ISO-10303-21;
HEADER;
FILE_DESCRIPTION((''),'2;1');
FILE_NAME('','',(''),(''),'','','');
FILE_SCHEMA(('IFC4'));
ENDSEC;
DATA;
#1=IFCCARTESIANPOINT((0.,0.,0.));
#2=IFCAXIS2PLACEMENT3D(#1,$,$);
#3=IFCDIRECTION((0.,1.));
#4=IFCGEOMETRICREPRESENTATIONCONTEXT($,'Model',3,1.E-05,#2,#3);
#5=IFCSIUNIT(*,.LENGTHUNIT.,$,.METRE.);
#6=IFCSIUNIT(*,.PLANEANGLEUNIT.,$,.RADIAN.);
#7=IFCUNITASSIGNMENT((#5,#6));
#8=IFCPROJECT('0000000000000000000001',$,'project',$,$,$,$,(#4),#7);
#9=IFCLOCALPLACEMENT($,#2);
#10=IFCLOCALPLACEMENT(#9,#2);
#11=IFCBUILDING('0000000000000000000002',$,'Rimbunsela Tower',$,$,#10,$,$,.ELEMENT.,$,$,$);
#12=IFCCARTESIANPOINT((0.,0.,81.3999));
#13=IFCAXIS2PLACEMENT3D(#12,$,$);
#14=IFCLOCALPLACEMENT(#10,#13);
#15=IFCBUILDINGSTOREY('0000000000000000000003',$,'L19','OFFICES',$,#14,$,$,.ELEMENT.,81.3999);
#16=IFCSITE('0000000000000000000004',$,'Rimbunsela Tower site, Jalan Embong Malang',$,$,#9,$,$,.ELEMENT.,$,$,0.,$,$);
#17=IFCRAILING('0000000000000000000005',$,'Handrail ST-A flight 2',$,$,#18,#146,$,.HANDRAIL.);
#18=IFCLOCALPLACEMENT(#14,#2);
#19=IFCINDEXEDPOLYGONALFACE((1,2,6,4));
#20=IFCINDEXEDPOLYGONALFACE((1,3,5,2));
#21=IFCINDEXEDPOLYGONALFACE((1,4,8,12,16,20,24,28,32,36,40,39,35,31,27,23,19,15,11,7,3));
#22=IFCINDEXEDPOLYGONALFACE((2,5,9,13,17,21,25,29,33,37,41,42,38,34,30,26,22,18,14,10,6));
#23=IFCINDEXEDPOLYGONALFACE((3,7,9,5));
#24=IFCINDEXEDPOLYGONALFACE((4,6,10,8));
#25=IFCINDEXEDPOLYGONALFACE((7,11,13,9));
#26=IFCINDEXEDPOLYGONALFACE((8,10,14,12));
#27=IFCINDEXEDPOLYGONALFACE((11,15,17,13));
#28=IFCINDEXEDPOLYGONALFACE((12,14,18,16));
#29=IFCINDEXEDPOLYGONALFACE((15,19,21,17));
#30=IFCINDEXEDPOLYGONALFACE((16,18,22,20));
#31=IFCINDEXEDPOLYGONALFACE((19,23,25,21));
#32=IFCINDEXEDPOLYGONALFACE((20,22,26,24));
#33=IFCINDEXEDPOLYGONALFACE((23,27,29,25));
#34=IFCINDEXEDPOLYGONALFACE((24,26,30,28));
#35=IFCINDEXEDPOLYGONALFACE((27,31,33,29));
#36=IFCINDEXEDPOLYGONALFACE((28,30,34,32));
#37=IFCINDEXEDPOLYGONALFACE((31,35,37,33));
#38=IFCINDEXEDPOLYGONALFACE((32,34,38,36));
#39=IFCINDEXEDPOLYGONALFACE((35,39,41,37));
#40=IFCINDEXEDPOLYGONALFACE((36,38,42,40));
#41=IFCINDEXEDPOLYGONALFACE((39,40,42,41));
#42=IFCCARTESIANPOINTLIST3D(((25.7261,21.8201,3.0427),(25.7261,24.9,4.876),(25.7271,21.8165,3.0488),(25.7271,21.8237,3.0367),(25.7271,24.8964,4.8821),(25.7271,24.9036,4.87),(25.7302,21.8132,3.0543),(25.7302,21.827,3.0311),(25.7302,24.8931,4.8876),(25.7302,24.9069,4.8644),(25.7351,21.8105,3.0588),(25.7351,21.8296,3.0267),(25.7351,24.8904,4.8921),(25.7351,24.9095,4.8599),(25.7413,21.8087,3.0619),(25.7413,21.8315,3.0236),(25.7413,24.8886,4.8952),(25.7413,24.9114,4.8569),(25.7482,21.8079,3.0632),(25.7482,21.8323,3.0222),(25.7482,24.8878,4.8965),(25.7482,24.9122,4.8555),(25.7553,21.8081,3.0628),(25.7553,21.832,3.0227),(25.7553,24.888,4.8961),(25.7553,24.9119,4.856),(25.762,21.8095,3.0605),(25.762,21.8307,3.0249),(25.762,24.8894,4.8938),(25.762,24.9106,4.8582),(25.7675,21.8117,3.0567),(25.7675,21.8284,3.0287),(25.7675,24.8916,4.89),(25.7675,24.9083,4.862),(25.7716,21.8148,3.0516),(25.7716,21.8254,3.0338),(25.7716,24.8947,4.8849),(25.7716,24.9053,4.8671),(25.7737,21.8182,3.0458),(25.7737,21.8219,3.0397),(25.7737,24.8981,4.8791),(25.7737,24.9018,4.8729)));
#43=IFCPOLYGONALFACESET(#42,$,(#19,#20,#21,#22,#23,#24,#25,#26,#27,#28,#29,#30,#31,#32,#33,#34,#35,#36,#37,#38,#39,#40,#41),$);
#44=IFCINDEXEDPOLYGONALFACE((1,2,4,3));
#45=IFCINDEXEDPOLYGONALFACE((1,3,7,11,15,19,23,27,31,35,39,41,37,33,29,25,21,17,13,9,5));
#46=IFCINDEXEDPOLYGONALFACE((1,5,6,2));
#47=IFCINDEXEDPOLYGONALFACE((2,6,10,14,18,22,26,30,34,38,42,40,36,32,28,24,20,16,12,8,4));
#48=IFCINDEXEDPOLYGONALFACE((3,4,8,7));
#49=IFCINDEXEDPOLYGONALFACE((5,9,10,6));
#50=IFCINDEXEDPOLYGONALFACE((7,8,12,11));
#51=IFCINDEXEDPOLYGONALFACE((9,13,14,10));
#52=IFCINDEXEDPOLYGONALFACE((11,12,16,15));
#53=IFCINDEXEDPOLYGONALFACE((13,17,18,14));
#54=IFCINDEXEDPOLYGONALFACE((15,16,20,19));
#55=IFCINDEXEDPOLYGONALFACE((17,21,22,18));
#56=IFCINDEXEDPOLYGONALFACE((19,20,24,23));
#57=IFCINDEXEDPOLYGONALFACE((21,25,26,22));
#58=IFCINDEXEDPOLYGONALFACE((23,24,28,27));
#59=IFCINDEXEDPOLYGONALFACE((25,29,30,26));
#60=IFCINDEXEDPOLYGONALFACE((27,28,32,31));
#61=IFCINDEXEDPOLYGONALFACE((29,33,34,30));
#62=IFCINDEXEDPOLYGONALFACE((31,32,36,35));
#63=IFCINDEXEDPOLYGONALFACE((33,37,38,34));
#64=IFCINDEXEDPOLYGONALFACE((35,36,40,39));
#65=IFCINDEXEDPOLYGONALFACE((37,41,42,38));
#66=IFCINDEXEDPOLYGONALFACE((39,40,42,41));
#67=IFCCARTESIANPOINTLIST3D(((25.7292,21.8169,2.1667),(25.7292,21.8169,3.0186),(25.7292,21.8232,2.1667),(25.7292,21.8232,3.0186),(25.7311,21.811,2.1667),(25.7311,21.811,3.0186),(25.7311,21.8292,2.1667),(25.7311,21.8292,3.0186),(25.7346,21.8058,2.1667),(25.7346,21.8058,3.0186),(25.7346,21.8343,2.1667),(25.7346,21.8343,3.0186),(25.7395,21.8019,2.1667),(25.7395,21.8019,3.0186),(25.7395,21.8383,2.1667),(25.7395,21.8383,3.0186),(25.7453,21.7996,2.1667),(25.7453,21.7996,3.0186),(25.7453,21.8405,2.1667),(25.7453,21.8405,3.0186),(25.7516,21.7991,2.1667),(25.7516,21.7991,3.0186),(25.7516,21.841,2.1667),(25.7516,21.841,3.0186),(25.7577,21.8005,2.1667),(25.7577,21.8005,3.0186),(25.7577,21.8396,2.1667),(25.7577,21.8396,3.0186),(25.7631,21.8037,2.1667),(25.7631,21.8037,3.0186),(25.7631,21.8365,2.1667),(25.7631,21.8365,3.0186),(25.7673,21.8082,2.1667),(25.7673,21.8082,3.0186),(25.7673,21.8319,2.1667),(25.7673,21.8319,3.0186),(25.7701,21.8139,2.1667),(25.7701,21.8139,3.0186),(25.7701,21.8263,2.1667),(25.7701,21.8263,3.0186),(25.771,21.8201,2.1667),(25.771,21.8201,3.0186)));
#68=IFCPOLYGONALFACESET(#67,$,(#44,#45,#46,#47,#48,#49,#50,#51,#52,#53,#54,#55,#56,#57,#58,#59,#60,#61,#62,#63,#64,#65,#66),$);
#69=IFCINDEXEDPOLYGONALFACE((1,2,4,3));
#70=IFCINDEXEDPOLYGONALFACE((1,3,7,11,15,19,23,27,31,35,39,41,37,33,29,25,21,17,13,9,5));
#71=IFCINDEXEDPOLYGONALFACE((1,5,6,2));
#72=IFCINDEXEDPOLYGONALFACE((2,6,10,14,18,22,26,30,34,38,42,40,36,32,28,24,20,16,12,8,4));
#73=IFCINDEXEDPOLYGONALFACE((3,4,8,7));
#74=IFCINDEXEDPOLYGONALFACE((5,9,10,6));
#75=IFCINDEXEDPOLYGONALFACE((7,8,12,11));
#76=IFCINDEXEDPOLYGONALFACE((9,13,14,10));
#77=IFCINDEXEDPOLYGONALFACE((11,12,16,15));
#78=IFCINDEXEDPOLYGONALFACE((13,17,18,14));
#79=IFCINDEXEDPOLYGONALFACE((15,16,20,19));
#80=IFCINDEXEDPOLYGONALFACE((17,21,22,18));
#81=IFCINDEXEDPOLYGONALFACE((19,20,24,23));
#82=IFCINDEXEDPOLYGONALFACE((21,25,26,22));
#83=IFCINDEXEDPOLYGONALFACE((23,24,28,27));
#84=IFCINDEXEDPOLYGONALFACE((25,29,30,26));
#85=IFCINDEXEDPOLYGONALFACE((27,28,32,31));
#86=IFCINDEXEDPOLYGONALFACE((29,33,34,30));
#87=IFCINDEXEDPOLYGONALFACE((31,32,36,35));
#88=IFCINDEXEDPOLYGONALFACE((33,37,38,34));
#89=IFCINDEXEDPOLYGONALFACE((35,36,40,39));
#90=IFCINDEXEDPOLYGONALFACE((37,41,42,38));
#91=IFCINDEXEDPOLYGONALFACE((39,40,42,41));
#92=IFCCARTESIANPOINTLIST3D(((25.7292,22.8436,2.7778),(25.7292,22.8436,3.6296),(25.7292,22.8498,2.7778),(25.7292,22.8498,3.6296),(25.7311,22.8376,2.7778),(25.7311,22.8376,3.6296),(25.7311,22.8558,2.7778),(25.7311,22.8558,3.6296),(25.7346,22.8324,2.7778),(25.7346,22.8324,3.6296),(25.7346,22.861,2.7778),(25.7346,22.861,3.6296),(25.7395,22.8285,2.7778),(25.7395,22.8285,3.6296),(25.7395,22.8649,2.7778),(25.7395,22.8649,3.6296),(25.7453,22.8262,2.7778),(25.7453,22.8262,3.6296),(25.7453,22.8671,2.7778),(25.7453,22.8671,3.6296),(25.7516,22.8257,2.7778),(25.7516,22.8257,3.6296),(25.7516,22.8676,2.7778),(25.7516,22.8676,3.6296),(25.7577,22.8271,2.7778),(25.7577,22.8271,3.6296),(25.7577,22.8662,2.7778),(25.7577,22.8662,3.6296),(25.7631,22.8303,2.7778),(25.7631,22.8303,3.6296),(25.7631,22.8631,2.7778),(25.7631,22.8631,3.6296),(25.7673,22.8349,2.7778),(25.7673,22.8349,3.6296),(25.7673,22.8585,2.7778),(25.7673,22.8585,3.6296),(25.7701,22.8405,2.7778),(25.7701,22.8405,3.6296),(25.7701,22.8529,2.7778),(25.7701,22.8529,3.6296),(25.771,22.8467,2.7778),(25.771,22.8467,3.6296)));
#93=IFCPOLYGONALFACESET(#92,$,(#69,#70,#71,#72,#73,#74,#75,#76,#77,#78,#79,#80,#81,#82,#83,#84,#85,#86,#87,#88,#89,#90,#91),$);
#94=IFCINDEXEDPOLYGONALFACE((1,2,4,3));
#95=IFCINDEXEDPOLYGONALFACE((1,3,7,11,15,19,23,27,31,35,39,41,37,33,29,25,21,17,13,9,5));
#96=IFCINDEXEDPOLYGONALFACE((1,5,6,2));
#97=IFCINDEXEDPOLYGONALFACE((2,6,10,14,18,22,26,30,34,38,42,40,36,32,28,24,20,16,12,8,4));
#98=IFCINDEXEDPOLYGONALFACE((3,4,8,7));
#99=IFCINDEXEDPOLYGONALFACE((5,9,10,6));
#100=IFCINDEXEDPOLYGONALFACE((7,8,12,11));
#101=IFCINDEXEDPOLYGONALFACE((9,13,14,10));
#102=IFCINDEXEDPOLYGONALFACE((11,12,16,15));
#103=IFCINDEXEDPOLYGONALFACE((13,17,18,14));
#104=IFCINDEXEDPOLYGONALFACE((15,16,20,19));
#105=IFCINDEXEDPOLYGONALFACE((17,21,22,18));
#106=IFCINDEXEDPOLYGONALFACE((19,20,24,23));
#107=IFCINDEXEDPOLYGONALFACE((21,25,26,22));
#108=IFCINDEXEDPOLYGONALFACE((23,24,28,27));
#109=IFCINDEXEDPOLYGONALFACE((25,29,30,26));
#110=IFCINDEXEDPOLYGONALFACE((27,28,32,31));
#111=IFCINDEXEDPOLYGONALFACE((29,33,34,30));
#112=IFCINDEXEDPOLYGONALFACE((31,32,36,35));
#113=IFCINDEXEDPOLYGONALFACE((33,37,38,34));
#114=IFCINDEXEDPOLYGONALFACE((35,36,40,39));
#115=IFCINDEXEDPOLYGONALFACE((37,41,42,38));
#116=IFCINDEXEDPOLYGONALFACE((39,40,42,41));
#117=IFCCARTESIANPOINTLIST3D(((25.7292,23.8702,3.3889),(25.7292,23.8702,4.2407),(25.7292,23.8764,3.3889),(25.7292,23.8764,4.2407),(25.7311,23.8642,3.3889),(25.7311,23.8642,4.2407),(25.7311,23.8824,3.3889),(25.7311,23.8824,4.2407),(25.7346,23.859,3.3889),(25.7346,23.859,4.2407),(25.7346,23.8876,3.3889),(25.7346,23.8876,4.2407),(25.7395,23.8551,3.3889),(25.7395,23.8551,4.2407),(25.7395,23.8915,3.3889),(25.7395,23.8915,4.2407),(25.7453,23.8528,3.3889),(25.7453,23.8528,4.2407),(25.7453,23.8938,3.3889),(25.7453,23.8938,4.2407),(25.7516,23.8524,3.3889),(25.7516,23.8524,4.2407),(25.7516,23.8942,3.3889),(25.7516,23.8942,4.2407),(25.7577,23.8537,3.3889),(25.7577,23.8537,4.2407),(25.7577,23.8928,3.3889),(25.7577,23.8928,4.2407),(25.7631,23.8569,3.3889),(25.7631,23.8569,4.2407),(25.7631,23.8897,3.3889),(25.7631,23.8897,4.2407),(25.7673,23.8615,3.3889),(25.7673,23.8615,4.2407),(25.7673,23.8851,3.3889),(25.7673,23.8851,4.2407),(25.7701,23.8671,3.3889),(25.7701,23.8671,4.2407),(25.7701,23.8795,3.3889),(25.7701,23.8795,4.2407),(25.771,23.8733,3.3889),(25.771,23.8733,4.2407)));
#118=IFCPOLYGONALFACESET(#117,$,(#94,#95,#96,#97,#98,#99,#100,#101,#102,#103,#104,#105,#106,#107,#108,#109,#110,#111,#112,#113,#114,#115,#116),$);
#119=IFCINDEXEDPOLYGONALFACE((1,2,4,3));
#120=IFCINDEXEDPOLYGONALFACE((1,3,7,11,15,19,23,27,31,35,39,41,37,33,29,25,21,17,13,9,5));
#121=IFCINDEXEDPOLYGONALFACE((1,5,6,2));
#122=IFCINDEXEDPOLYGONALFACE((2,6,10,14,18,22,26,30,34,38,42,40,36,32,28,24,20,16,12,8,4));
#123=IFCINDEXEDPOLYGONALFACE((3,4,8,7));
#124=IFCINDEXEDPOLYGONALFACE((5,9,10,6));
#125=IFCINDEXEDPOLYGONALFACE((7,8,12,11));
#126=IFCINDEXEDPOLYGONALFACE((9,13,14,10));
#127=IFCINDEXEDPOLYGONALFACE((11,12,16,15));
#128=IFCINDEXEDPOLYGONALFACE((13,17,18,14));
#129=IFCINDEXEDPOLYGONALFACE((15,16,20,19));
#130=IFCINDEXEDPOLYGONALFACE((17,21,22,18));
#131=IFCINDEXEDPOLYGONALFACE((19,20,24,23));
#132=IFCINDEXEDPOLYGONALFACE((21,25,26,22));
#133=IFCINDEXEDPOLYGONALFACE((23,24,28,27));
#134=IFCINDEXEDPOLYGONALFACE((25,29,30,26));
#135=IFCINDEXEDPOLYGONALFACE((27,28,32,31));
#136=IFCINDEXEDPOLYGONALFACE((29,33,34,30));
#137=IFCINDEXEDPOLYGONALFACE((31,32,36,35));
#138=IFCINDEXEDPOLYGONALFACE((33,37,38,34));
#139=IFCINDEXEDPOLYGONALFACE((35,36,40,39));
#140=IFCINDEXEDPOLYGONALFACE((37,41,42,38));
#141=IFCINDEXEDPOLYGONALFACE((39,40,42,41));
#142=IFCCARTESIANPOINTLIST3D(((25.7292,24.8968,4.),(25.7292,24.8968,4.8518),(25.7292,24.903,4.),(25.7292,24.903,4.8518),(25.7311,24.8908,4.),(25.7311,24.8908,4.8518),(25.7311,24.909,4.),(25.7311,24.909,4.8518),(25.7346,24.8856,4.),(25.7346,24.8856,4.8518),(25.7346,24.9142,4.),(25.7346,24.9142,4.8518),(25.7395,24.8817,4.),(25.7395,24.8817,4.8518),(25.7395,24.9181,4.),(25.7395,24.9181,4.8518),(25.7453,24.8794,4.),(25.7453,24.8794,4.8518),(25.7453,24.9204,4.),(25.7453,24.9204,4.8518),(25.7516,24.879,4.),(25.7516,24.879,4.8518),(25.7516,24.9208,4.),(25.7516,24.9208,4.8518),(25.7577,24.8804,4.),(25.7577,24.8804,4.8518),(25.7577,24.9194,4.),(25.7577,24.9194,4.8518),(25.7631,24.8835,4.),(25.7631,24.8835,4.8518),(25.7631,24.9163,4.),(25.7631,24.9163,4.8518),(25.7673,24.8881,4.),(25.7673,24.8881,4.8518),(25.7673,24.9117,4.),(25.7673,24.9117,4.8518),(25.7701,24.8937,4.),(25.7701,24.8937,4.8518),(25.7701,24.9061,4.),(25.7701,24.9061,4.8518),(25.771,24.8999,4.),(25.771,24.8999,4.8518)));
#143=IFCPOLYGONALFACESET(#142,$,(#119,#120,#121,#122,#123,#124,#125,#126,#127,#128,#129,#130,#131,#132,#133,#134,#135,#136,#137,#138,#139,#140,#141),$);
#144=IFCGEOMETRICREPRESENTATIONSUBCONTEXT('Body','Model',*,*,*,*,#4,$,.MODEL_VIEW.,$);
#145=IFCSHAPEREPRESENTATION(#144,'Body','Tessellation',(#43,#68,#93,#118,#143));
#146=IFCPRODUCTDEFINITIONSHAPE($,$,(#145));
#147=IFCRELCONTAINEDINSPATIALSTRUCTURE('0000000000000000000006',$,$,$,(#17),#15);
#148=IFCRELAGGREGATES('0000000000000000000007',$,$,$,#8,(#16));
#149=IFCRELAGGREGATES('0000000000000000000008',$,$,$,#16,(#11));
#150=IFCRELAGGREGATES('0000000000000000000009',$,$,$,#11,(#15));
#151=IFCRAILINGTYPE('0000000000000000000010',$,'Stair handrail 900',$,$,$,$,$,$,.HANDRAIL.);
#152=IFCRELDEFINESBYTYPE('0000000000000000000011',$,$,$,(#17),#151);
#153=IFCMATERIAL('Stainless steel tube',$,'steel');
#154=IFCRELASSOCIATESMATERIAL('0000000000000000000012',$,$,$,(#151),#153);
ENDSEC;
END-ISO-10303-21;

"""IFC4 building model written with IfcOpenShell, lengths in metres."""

from ifc_helpers import new_model, si_unit, direction, frame, origin, origin_2d, place, context, subcontext, project, spatial, circle, extrude, material, type_object, element, save


model = new_model("IFC4")

# Units and contexts
model_context = context("Model", 3, precision=1e-05, world=origin(), true_north=direction((0.0, 1.0)))
body_context = subcontext(model_context, "Body", "Model", "MODEL_VIEW")
ifc_project = project(units=[si_unit("LENGTHUNIT", "METRE"), si_unit("PLANEANGLEUNIT", "RADIAN")], contexts=[model_context])

# Site, building, storey
site_placement = place(None, origin())
site = spatial("IfcSite", under=ifc_project, at=site_placement, Name="Rimbunsela Tower site, Jalan Embong Malang", CompositionType="ELEMENT", RefElevation=0.0)
building_placement = place(site_placement, origin())
building = spatial("IfcBuilding", under=site, at=building_placement, Name="Rimbunsela Tower", CompositionType="ELEMENT")
storey_placement = place(building_placement, frame((0.0, 0.0, 81.3999)))
storey = spatial("IfcBuildingStorey", under=building, at=storey_placement, Name="L19", Description="OFFICES", CompositionType="ELEMENT", Elevation=81.3999)

# Railing
ifc_material_1 = material(Name="Stainless steel tube", Category="steel")
railing_type = type_object("IfcRailingType", Name="Stair handrail 900", PredefinedType="HANDRAIL", material=ifc_material_1)
railing_1_placement = place(storey_placement, frame((25.75, 21.8201, 2.1667)))
element("IfcRailing", 1, at=railing_1_placement, inside=storey, type_object=railing_type, Name="Handrail ST-A flight 2", PredefinedType="HANDRAIL", context=body_context, shape_type="SweptSolid", body=[
    extrude(circle(Radius=0.0239, at=origin_2d()), frame((0.0, 0.0, 0.876), z_axis=(0.0, 0.859291, 0.511487), x_axis=(-1.0, 0.0, 0.0)), (0.0, 0.0, 1.0), 3.5842),
    extrude(circle(Radius=0.021, at=origin_2d()), origin(), (0.0, 0.0, 1.0), 0.8518),
    extrude(circle(Radius=0.021, at=origin_2d()), frame((0.0, 1.0266, 0.6111)), (0.0, 0.0, 1.0), 0.8518),
    extrude(circle(Radius=0.021, at=origin_2d()), frame((0.0, 2.0532, 1.2222)), (0.0, 0.0, 1.0), 0.8518),
    extrude(circle(Radius=0.021, at=origin_2d()), frame((0.0, 3.0798, 1.8333)), (0.0, 0.0, 1.0), 0.8518),
])

save(model, "model.ifc")
